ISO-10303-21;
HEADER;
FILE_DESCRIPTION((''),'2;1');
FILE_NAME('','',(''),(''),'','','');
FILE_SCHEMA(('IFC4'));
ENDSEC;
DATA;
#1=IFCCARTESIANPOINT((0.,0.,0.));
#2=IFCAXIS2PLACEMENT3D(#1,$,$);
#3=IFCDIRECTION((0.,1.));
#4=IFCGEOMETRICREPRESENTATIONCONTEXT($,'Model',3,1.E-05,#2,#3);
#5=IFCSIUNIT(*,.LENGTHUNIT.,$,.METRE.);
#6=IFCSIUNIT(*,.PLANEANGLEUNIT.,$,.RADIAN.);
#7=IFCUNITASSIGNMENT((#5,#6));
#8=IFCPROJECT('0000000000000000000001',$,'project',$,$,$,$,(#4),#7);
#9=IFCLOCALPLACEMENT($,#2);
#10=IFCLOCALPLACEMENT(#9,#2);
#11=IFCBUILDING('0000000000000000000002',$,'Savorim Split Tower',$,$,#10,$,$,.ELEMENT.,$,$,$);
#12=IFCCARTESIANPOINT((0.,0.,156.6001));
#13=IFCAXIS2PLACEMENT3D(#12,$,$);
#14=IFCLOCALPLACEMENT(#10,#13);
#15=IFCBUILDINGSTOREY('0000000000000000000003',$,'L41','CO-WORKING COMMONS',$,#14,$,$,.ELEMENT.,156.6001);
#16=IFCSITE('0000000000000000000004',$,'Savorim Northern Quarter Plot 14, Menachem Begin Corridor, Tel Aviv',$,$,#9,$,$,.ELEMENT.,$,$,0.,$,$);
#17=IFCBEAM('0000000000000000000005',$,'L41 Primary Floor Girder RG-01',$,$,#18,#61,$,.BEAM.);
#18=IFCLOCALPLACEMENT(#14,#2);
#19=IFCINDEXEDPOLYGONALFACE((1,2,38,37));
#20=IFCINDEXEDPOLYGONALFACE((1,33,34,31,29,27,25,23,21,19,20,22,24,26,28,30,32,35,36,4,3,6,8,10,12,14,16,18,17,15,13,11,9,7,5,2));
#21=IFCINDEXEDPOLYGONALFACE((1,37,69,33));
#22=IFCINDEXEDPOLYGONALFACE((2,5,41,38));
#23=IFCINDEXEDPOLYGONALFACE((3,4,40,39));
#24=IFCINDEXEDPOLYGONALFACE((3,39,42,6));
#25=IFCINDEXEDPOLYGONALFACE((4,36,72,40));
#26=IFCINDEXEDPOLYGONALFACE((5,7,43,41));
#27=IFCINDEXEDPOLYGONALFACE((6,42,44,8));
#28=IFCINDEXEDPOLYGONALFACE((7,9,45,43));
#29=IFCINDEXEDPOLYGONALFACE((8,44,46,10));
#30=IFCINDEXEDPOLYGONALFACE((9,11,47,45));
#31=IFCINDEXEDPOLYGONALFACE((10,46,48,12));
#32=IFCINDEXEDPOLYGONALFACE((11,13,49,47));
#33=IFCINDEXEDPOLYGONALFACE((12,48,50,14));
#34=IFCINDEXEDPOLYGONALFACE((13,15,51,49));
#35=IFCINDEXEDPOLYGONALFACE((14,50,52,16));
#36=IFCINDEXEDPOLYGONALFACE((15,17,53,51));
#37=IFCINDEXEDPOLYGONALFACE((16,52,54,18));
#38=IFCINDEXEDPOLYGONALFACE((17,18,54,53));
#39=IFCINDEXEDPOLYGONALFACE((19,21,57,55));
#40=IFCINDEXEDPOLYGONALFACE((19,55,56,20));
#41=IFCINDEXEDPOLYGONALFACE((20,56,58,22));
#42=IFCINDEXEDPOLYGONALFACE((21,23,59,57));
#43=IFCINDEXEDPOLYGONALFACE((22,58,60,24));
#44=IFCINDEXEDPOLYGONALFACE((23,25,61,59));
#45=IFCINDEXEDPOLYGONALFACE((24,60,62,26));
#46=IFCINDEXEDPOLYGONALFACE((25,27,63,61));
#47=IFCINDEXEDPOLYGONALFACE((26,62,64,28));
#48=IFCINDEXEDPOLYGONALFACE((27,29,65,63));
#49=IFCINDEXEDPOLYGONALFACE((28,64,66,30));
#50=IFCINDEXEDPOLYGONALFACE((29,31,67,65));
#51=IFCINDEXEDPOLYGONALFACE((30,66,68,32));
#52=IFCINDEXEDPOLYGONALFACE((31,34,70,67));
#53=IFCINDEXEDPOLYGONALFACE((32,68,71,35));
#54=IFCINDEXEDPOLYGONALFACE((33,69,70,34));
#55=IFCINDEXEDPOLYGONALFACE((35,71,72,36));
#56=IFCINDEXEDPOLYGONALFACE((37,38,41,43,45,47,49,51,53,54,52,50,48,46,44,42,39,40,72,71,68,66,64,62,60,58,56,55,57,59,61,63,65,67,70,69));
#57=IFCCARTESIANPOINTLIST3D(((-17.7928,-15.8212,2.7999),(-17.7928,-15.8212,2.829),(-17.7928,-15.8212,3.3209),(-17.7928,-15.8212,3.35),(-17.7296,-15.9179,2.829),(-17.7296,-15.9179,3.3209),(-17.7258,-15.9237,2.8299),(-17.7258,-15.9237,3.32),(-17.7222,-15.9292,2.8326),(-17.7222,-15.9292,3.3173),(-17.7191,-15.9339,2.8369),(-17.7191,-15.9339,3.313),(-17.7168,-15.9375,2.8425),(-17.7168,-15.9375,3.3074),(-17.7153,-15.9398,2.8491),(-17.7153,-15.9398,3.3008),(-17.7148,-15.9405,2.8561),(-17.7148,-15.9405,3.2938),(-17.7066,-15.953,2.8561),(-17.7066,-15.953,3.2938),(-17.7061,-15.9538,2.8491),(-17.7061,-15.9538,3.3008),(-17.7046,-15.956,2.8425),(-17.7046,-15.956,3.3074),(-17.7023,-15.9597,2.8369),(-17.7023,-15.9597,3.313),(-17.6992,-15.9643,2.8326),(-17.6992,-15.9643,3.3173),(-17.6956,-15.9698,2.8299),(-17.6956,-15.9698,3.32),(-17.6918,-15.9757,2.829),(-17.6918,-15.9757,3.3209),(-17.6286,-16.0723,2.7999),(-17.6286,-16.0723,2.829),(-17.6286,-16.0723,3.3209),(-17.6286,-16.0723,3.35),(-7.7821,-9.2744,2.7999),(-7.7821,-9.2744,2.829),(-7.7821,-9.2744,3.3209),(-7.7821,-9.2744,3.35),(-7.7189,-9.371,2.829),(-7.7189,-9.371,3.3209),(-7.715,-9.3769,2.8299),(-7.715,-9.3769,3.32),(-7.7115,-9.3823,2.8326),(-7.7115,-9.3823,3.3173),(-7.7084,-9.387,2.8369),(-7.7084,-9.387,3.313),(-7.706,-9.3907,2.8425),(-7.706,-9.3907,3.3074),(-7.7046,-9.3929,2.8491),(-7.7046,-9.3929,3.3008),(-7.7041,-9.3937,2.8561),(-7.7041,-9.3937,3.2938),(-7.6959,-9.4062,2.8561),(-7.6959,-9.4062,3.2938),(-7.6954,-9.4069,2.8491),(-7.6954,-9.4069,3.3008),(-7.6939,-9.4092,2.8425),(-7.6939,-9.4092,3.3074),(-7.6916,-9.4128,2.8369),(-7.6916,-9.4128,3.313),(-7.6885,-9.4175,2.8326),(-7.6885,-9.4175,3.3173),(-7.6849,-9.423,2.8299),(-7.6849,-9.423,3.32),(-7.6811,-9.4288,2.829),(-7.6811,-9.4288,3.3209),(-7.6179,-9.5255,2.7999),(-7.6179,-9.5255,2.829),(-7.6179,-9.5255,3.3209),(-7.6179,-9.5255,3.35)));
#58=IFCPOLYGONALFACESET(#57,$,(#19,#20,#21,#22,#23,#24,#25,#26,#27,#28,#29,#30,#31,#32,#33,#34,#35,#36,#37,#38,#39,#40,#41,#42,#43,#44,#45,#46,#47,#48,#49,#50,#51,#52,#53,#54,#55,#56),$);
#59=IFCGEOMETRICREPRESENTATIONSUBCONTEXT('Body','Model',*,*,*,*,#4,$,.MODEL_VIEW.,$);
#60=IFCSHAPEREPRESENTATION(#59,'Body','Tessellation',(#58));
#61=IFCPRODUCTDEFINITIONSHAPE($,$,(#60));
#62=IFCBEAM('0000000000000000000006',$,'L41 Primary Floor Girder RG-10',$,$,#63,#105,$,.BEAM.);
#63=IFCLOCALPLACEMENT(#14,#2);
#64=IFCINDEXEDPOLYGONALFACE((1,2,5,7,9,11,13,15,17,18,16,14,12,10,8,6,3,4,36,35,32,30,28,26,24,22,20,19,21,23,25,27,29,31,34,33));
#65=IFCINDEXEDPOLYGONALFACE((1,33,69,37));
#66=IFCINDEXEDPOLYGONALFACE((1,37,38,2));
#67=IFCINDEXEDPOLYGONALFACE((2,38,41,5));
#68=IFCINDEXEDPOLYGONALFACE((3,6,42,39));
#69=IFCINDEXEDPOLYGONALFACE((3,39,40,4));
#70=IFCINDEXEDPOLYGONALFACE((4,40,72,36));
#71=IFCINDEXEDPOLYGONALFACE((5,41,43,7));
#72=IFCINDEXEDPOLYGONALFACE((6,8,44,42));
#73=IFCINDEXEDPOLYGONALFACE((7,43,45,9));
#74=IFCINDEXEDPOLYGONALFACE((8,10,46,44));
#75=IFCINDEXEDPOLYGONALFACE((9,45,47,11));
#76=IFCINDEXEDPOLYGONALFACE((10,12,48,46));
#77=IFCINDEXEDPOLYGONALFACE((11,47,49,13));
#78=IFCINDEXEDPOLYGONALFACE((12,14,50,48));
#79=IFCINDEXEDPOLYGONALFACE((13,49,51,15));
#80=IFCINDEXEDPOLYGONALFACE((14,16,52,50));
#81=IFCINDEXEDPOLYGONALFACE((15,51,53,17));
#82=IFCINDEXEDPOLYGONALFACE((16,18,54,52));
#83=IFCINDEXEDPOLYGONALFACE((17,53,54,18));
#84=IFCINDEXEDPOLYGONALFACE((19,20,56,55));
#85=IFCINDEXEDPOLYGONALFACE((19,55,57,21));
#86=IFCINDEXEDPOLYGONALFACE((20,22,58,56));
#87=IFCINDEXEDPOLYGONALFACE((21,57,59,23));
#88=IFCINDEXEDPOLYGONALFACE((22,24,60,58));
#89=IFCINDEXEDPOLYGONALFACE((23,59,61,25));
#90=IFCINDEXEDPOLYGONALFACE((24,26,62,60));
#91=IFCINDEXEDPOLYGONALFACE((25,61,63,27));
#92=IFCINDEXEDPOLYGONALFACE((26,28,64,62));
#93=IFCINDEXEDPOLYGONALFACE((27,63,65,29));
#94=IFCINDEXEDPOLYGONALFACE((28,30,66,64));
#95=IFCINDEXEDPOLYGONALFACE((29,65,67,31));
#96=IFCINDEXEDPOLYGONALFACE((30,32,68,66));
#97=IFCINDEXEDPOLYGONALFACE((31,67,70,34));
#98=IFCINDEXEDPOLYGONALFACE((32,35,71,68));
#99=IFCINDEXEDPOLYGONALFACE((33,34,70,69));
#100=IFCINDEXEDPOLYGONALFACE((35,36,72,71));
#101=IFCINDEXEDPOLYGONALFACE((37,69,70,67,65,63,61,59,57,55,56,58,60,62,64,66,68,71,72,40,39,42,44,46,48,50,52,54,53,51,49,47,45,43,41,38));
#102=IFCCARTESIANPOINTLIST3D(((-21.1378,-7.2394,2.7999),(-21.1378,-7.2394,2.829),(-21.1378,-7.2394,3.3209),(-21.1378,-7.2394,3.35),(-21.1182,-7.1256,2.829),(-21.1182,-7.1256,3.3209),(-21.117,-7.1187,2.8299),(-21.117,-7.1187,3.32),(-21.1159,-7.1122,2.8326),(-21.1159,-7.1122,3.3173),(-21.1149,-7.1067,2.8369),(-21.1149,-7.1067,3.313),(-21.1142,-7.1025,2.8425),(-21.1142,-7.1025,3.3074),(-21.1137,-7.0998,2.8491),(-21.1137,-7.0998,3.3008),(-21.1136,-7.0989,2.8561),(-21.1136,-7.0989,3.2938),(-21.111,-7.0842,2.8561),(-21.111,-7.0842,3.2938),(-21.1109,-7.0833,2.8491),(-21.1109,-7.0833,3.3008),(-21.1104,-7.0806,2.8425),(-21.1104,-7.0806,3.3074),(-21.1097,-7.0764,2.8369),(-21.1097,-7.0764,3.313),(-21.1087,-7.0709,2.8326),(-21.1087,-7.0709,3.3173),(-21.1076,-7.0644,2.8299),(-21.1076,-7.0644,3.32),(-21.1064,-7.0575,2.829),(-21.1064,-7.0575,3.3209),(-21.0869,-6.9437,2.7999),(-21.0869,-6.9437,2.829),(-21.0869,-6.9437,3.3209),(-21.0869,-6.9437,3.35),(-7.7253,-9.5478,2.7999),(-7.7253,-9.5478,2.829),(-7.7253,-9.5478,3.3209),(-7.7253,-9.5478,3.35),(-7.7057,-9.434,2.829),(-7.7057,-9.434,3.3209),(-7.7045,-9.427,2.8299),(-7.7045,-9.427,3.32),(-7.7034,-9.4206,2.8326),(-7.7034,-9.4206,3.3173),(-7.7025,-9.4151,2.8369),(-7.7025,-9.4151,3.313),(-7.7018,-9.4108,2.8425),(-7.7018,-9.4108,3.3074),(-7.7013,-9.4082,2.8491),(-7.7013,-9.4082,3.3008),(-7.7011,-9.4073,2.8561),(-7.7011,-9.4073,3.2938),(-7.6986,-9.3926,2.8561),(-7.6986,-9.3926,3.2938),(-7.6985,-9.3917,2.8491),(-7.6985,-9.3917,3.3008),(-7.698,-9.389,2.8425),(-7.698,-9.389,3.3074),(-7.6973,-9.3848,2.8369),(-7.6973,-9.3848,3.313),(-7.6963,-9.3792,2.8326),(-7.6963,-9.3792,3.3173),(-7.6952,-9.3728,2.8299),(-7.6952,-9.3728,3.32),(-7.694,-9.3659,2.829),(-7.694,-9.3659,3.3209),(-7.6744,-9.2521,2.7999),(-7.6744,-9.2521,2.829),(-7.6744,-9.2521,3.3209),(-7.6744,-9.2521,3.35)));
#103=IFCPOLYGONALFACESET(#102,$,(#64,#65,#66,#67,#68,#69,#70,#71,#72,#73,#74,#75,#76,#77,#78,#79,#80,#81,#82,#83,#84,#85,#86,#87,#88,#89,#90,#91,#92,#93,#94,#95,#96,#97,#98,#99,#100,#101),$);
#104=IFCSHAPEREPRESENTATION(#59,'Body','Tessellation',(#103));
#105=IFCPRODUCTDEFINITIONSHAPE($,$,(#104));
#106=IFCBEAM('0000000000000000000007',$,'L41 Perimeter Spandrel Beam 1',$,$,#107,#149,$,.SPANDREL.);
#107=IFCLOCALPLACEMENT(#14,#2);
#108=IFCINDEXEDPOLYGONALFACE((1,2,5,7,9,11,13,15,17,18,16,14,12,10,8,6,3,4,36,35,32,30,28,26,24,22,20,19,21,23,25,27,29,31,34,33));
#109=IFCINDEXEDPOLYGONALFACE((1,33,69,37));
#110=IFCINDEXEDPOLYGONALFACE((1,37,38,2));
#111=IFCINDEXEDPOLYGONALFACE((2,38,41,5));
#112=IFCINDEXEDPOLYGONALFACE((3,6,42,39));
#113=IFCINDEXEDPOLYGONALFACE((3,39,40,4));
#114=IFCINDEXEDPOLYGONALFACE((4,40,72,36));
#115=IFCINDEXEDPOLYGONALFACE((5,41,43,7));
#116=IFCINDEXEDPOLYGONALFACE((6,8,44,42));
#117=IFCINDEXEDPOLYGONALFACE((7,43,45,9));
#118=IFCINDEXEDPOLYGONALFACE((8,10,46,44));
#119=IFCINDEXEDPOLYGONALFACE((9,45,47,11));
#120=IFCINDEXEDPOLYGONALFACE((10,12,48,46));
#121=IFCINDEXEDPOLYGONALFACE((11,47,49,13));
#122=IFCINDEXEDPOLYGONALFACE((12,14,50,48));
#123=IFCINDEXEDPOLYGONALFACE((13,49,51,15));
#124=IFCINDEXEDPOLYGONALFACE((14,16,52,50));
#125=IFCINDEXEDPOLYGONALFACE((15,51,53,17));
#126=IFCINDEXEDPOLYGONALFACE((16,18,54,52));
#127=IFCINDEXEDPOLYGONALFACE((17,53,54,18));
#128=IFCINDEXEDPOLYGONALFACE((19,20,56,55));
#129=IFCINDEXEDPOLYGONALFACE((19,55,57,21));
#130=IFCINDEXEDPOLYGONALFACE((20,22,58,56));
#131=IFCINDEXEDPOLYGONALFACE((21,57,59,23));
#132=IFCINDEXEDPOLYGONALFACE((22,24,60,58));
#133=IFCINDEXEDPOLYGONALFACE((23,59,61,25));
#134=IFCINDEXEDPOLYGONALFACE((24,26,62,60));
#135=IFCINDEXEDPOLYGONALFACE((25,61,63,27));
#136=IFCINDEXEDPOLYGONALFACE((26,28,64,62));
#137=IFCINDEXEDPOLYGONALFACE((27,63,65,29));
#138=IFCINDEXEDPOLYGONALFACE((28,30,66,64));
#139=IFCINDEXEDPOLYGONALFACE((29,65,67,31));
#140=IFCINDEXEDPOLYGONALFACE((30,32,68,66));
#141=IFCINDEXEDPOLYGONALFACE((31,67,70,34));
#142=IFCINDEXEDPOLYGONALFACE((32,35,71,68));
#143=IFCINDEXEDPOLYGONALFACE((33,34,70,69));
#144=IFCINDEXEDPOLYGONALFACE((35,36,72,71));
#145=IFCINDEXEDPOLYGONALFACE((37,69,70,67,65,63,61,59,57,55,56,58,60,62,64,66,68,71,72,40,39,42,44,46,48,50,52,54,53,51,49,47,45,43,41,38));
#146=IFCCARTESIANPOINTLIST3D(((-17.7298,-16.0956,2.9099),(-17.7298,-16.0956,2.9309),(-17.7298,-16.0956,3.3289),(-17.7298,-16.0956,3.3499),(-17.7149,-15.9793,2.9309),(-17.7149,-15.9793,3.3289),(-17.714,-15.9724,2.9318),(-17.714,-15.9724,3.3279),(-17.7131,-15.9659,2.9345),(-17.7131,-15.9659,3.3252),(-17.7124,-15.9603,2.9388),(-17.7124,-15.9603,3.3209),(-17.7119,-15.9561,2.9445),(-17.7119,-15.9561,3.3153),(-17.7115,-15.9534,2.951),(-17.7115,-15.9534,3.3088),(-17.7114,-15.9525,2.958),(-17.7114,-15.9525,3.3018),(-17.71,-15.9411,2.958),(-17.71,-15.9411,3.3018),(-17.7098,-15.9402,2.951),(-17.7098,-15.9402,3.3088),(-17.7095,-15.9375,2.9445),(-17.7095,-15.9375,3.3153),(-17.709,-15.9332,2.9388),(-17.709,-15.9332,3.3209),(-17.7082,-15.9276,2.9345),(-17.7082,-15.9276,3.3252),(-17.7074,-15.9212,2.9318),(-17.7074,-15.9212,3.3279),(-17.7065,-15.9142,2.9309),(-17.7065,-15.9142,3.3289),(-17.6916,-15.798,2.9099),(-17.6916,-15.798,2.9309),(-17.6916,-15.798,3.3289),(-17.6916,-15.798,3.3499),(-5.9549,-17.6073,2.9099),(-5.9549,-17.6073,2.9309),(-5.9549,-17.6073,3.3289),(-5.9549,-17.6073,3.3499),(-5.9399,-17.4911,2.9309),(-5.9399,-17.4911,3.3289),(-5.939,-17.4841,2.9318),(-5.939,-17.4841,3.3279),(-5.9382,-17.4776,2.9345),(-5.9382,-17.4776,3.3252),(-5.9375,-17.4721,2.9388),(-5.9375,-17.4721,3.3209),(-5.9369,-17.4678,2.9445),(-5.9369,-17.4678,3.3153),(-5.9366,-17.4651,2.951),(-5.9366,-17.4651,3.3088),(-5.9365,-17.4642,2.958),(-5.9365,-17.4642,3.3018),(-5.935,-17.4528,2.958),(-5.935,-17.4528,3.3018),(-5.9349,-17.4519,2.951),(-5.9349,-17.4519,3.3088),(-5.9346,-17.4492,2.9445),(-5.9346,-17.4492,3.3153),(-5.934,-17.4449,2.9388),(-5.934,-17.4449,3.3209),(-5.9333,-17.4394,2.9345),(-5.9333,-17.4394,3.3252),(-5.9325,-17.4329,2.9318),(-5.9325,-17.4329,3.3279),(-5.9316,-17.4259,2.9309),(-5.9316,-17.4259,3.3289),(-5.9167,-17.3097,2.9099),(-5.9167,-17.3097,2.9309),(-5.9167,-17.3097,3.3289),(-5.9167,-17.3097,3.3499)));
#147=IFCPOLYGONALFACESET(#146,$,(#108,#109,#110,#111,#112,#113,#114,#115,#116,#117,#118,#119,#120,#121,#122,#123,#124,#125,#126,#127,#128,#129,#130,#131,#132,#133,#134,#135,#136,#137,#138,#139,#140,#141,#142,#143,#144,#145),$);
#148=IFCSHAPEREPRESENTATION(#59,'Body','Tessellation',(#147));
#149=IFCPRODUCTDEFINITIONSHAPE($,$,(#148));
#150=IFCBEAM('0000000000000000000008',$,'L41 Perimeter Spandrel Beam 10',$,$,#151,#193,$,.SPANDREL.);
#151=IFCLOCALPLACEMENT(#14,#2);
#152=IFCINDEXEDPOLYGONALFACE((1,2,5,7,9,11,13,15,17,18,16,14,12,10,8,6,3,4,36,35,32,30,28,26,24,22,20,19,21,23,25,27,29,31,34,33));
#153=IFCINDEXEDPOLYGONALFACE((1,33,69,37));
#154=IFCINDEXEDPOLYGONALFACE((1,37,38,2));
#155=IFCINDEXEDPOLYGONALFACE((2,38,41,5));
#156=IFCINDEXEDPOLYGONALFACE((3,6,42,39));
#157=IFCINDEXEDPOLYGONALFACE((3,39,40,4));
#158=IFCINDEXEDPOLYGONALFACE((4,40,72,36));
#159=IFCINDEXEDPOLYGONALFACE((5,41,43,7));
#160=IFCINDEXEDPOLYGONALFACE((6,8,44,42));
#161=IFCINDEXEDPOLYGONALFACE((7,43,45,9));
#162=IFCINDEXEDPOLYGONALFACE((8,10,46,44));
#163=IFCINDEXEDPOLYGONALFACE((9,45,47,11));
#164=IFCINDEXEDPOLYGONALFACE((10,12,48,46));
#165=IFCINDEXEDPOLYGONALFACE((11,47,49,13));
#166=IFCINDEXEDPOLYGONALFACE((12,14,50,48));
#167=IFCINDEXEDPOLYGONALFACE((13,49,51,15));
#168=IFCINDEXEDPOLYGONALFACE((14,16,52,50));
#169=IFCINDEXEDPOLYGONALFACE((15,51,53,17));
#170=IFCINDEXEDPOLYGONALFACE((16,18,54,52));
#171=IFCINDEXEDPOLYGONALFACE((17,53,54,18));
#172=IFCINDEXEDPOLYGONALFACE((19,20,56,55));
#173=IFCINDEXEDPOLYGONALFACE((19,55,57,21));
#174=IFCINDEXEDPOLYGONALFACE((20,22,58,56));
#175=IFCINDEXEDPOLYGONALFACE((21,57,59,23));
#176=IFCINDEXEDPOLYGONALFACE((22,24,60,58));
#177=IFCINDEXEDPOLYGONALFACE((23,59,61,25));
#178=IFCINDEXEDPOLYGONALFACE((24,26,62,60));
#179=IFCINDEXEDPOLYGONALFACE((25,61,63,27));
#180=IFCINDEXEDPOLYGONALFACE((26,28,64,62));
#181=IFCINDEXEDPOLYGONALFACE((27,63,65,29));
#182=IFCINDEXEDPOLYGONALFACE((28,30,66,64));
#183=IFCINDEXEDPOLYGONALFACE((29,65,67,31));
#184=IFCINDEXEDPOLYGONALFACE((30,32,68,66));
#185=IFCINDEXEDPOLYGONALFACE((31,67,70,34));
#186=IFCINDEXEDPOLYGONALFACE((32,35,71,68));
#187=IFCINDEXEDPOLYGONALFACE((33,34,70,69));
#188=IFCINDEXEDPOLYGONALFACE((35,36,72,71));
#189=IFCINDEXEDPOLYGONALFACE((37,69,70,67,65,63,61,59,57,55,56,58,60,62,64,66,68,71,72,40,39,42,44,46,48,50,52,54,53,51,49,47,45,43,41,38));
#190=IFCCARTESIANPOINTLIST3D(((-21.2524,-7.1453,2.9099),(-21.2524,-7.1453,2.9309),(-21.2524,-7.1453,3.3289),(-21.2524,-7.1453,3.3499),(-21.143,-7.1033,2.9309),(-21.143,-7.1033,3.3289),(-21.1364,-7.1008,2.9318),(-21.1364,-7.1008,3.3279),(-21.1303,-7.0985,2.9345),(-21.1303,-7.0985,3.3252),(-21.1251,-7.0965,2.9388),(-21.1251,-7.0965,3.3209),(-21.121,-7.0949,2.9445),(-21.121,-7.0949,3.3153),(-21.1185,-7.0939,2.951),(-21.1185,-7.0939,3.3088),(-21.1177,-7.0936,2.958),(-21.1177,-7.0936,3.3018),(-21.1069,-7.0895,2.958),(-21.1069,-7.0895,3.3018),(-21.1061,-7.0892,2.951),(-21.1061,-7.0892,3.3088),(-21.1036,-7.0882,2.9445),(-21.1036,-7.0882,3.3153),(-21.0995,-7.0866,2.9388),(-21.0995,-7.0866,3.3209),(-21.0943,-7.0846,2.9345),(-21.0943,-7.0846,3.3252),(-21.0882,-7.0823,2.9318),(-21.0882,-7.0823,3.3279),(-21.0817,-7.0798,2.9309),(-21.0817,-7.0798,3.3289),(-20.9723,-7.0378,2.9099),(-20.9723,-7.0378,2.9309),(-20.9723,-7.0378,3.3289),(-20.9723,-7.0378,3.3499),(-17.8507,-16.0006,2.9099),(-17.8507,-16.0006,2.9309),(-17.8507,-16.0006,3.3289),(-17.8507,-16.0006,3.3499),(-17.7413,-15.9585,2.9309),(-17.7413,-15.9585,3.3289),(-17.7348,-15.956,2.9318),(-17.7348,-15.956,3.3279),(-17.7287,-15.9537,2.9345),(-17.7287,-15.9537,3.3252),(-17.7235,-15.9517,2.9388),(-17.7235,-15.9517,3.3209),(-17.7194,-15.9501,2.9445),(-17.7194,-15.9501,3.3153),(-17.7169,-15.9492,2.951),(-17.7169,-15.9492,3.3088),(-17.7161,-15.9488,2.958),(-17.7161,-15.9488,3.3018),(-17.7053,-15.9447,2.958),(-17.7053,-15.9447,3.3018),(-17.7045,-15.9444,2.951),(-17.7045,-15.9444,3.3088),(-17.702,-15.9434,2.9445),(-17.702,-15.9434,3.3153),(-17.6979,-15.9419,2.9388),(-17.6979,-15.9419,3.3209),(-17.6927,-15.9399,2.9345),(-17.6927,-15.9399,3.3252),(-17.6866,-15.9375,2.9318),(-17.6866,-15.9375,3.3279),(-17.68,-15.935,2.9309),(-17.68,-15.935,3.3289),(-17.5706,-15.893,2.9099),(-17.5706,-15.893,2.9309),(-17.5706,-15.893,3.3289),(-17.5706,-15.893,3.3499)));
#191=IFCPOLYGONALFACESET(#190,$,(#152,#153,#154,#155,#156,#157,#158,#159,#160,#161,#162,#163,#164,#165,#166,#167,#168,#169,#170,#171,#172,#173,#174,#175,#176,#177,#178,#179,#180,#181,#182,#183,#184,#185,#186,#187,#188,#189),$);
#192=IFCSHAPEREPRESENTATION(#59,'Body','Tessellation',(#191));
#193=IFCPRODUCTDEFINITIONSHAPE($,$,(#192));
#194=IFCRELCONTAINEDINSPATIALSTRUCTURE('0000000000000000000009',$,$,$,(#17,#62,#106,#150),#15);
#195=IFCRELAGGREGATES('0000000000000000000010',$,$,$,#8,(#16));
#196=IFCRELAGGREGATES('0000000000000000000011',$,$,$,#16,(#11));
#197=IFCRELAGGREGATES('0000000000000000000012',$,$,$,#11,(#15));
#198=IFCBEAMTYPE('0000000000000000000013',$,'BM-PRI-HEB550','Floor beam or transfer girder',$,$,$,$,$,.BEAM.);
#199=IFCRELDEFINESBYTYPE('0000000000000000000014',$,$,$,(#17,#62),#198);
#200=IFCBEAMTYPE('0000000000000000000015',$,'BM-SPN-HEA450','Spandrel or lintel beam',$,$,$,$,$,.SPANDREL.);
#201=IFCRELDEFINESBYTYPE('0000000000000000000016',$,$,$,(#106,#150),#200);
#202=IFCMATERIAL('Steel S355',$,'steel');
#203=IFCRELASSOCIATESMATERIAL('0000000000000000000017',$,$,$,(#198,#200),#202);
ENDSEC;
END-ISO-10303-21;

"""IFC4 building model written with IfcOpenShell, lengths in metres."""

from ifc_helpers import new_model, si_unit, direction, frame, origin, origin_2d, place, context, subcontext, project, spatial, i_section, extrude, material, material_profile, profile_set, type_object, element, save


model = new_model("IFC4")

# Units and contexts
model_context = context("Model", 3, precision=1e-05, world=origin(), true_north=direction((0.0, 1.0)))
body_context = subcontext(model_context, "Body", "Model", "MODEL_VIEW")
ifc_project = project(units=[si_unit("LENGTHUNIT", "METRE"), si_unit("PLANEANGLEUNIT", "RADIAN")], contexts=[model_context])

# Site, building, storey
site_placement = place(None, origin())
site = spatial("IfcSite", under=ifc_project, at=site_placement, Name="Savorim Northern Quarter Plot 14, Menachem Begin Corridor, Tel Aviv", CompositionType="ELEMENT", RefElevation=0.0)
building_placement = place(site_placement, origin())
building = spatial("IfcBuilding", under=site, at=building_placement, Name="Savorim Split Tower", CompositionType="ELEMENT")
storey_placement = place(building_placement, frame((0.0, 0.0, 156.6001)))
storey = spatial("IfcBuildingStorey", under=building, at=storey_placement, Name="L41", Description="CO-WORKING COMMONS", CompositionType="ELEMENT", Elevation=156.6001)

# Beams
ifc_material_1 = material(Name="Steel S355", Category="steel")
ifc_material_profile_1 = material_profile(ifc_material_1, i_section(OverallWidth=0.3, OverallDepth=0.55, WebThickness=0.0149, FlangeThickness=0.0291, FilletRadius=0.0271, at=origin_2d()), Name="HEB 550")
ifc_profile_set_1 = profile_set([ifc_material_profile_1], Name="Steel S355")
beam_type_1 = type_object("IfcBeamType", Name="BM-PRI-HEB550", Description="Floor beam or transfer girder", PredefinedType="BEAM", material=ifc_profile_set_1)
beam_1_placement = place(storey_placement, frame((-17.7107, -15.9468, 3.075), z_axis=(0.836916, 0.547331, 0.0), x_axis=(-0.547331, 0.836916, 0.0)))
element("IfcBeam", 1, at=beam_1_placement, inside=storey, type_object=beam_type_1, Name="L41 Primary Floor Girder RG-01", PredefinedType="BEAM", context=body_context, shape_type="SweptSolid", body=[
    extrude(i_section(OverallWidth=0.3, OverallDepth=0.55, WebThickness=0.0149, FlangeThickness=0.0291, FilletRadius=0.0271, at=origin_2d()), origin(), (0.0, 0.0, 1.0), 11.9614),
])
beam_2_placement = place(storey_placement, frame((-21.1123, -7.0916, 3.075), z_axis=(0.985511, -0.169613, 0.0), x_axis=(0.169613, 0.985511, 0.0)))
element("IfcBeam", 2, at=beam_2_placement, inside=storey, type_object=beam_type_1, Name="L41 Primary Floor Girder RG-10", PredefinedType="BEAM", context=body_context, shape_type="SweptSolid", body=[
    extrude(i_section(OverallWidth=0.3, OverallDepth=0.55, WebThickness=0.0149, FlangeThickness=0.0291, FilletRadius=0.0271, at=origin_2d()), origin(), (0.0, 0.0, 1.0), 13.6096),
])
ifc_material_profile_2 = material_profile(ifc_material_1, i_section(OverallWidth=0.3, OverallDepth=0.4399, WebThickness=0.0115, FlangeThickness=0.021, FilletRadius=0.0271, at=origin_2d()), Name="HEA 450")
ifc_profile_set_2 = profile_set([ifc_material_profile_2], Name="Steel S355")
beam_type_2 = type_object("IfcBeamType", Name="BM-SPN-HEA450", Description="Spandrel or lintel beam", PredefinedType="SPANDREL", material=ifc_profile_set_2)
beam_3_placement = place(storey_placement, frame((-17.7107, -15.9468, 3.1299), z_axis=(0.991859, -0.12734, 0.0), x_axis=(0.12734, 0.991859, 0.0)))
element("IfcBeam", 3, at=beam_3_placement, inside=storey, type_object=beam_type_2, Name="L41 Perimeter Spandrel Beam 1", PredefinedType="SPANDREL", context=body_context, shape_type="SweptSolid", body=[
    extrude(i_section(OverallWidth=0.3, OverallDepth=0.4399, WebThickness=0.0115, FlangeThickness=0.021, FilletRadius=0.0271, at=origin_2d()), origin(), (0.0, 0.0, 1.0), 11.8716),
])
beam_4_placement = place(storey_placement, frame((-21.1123, -7.0916, 3.1299), z_axis=(0.358589, -0.933495, 0.0), x_axis=(0.933495, 0.358589, 0.0)))
element("IfcBeam", 4, at=beam_4_placement, inside=storey, type_object=beam_type_2, Name="L41 Perimeter Spandrel Beam 10", PredefinedType="SPANDREL", context=body_context, shape_type="SweptSolid", body=[
    extrude(i_section(OverallWidth=0.3, OverallDepth=0.4399, WebThickness=0.0115, FlangeThickness=0.021, FilletRadius=0.0271, at=origin_2d()), origin(), (0.0, 0.0, 1.0), 9.4861),
])

save(model, "model.ifc")
